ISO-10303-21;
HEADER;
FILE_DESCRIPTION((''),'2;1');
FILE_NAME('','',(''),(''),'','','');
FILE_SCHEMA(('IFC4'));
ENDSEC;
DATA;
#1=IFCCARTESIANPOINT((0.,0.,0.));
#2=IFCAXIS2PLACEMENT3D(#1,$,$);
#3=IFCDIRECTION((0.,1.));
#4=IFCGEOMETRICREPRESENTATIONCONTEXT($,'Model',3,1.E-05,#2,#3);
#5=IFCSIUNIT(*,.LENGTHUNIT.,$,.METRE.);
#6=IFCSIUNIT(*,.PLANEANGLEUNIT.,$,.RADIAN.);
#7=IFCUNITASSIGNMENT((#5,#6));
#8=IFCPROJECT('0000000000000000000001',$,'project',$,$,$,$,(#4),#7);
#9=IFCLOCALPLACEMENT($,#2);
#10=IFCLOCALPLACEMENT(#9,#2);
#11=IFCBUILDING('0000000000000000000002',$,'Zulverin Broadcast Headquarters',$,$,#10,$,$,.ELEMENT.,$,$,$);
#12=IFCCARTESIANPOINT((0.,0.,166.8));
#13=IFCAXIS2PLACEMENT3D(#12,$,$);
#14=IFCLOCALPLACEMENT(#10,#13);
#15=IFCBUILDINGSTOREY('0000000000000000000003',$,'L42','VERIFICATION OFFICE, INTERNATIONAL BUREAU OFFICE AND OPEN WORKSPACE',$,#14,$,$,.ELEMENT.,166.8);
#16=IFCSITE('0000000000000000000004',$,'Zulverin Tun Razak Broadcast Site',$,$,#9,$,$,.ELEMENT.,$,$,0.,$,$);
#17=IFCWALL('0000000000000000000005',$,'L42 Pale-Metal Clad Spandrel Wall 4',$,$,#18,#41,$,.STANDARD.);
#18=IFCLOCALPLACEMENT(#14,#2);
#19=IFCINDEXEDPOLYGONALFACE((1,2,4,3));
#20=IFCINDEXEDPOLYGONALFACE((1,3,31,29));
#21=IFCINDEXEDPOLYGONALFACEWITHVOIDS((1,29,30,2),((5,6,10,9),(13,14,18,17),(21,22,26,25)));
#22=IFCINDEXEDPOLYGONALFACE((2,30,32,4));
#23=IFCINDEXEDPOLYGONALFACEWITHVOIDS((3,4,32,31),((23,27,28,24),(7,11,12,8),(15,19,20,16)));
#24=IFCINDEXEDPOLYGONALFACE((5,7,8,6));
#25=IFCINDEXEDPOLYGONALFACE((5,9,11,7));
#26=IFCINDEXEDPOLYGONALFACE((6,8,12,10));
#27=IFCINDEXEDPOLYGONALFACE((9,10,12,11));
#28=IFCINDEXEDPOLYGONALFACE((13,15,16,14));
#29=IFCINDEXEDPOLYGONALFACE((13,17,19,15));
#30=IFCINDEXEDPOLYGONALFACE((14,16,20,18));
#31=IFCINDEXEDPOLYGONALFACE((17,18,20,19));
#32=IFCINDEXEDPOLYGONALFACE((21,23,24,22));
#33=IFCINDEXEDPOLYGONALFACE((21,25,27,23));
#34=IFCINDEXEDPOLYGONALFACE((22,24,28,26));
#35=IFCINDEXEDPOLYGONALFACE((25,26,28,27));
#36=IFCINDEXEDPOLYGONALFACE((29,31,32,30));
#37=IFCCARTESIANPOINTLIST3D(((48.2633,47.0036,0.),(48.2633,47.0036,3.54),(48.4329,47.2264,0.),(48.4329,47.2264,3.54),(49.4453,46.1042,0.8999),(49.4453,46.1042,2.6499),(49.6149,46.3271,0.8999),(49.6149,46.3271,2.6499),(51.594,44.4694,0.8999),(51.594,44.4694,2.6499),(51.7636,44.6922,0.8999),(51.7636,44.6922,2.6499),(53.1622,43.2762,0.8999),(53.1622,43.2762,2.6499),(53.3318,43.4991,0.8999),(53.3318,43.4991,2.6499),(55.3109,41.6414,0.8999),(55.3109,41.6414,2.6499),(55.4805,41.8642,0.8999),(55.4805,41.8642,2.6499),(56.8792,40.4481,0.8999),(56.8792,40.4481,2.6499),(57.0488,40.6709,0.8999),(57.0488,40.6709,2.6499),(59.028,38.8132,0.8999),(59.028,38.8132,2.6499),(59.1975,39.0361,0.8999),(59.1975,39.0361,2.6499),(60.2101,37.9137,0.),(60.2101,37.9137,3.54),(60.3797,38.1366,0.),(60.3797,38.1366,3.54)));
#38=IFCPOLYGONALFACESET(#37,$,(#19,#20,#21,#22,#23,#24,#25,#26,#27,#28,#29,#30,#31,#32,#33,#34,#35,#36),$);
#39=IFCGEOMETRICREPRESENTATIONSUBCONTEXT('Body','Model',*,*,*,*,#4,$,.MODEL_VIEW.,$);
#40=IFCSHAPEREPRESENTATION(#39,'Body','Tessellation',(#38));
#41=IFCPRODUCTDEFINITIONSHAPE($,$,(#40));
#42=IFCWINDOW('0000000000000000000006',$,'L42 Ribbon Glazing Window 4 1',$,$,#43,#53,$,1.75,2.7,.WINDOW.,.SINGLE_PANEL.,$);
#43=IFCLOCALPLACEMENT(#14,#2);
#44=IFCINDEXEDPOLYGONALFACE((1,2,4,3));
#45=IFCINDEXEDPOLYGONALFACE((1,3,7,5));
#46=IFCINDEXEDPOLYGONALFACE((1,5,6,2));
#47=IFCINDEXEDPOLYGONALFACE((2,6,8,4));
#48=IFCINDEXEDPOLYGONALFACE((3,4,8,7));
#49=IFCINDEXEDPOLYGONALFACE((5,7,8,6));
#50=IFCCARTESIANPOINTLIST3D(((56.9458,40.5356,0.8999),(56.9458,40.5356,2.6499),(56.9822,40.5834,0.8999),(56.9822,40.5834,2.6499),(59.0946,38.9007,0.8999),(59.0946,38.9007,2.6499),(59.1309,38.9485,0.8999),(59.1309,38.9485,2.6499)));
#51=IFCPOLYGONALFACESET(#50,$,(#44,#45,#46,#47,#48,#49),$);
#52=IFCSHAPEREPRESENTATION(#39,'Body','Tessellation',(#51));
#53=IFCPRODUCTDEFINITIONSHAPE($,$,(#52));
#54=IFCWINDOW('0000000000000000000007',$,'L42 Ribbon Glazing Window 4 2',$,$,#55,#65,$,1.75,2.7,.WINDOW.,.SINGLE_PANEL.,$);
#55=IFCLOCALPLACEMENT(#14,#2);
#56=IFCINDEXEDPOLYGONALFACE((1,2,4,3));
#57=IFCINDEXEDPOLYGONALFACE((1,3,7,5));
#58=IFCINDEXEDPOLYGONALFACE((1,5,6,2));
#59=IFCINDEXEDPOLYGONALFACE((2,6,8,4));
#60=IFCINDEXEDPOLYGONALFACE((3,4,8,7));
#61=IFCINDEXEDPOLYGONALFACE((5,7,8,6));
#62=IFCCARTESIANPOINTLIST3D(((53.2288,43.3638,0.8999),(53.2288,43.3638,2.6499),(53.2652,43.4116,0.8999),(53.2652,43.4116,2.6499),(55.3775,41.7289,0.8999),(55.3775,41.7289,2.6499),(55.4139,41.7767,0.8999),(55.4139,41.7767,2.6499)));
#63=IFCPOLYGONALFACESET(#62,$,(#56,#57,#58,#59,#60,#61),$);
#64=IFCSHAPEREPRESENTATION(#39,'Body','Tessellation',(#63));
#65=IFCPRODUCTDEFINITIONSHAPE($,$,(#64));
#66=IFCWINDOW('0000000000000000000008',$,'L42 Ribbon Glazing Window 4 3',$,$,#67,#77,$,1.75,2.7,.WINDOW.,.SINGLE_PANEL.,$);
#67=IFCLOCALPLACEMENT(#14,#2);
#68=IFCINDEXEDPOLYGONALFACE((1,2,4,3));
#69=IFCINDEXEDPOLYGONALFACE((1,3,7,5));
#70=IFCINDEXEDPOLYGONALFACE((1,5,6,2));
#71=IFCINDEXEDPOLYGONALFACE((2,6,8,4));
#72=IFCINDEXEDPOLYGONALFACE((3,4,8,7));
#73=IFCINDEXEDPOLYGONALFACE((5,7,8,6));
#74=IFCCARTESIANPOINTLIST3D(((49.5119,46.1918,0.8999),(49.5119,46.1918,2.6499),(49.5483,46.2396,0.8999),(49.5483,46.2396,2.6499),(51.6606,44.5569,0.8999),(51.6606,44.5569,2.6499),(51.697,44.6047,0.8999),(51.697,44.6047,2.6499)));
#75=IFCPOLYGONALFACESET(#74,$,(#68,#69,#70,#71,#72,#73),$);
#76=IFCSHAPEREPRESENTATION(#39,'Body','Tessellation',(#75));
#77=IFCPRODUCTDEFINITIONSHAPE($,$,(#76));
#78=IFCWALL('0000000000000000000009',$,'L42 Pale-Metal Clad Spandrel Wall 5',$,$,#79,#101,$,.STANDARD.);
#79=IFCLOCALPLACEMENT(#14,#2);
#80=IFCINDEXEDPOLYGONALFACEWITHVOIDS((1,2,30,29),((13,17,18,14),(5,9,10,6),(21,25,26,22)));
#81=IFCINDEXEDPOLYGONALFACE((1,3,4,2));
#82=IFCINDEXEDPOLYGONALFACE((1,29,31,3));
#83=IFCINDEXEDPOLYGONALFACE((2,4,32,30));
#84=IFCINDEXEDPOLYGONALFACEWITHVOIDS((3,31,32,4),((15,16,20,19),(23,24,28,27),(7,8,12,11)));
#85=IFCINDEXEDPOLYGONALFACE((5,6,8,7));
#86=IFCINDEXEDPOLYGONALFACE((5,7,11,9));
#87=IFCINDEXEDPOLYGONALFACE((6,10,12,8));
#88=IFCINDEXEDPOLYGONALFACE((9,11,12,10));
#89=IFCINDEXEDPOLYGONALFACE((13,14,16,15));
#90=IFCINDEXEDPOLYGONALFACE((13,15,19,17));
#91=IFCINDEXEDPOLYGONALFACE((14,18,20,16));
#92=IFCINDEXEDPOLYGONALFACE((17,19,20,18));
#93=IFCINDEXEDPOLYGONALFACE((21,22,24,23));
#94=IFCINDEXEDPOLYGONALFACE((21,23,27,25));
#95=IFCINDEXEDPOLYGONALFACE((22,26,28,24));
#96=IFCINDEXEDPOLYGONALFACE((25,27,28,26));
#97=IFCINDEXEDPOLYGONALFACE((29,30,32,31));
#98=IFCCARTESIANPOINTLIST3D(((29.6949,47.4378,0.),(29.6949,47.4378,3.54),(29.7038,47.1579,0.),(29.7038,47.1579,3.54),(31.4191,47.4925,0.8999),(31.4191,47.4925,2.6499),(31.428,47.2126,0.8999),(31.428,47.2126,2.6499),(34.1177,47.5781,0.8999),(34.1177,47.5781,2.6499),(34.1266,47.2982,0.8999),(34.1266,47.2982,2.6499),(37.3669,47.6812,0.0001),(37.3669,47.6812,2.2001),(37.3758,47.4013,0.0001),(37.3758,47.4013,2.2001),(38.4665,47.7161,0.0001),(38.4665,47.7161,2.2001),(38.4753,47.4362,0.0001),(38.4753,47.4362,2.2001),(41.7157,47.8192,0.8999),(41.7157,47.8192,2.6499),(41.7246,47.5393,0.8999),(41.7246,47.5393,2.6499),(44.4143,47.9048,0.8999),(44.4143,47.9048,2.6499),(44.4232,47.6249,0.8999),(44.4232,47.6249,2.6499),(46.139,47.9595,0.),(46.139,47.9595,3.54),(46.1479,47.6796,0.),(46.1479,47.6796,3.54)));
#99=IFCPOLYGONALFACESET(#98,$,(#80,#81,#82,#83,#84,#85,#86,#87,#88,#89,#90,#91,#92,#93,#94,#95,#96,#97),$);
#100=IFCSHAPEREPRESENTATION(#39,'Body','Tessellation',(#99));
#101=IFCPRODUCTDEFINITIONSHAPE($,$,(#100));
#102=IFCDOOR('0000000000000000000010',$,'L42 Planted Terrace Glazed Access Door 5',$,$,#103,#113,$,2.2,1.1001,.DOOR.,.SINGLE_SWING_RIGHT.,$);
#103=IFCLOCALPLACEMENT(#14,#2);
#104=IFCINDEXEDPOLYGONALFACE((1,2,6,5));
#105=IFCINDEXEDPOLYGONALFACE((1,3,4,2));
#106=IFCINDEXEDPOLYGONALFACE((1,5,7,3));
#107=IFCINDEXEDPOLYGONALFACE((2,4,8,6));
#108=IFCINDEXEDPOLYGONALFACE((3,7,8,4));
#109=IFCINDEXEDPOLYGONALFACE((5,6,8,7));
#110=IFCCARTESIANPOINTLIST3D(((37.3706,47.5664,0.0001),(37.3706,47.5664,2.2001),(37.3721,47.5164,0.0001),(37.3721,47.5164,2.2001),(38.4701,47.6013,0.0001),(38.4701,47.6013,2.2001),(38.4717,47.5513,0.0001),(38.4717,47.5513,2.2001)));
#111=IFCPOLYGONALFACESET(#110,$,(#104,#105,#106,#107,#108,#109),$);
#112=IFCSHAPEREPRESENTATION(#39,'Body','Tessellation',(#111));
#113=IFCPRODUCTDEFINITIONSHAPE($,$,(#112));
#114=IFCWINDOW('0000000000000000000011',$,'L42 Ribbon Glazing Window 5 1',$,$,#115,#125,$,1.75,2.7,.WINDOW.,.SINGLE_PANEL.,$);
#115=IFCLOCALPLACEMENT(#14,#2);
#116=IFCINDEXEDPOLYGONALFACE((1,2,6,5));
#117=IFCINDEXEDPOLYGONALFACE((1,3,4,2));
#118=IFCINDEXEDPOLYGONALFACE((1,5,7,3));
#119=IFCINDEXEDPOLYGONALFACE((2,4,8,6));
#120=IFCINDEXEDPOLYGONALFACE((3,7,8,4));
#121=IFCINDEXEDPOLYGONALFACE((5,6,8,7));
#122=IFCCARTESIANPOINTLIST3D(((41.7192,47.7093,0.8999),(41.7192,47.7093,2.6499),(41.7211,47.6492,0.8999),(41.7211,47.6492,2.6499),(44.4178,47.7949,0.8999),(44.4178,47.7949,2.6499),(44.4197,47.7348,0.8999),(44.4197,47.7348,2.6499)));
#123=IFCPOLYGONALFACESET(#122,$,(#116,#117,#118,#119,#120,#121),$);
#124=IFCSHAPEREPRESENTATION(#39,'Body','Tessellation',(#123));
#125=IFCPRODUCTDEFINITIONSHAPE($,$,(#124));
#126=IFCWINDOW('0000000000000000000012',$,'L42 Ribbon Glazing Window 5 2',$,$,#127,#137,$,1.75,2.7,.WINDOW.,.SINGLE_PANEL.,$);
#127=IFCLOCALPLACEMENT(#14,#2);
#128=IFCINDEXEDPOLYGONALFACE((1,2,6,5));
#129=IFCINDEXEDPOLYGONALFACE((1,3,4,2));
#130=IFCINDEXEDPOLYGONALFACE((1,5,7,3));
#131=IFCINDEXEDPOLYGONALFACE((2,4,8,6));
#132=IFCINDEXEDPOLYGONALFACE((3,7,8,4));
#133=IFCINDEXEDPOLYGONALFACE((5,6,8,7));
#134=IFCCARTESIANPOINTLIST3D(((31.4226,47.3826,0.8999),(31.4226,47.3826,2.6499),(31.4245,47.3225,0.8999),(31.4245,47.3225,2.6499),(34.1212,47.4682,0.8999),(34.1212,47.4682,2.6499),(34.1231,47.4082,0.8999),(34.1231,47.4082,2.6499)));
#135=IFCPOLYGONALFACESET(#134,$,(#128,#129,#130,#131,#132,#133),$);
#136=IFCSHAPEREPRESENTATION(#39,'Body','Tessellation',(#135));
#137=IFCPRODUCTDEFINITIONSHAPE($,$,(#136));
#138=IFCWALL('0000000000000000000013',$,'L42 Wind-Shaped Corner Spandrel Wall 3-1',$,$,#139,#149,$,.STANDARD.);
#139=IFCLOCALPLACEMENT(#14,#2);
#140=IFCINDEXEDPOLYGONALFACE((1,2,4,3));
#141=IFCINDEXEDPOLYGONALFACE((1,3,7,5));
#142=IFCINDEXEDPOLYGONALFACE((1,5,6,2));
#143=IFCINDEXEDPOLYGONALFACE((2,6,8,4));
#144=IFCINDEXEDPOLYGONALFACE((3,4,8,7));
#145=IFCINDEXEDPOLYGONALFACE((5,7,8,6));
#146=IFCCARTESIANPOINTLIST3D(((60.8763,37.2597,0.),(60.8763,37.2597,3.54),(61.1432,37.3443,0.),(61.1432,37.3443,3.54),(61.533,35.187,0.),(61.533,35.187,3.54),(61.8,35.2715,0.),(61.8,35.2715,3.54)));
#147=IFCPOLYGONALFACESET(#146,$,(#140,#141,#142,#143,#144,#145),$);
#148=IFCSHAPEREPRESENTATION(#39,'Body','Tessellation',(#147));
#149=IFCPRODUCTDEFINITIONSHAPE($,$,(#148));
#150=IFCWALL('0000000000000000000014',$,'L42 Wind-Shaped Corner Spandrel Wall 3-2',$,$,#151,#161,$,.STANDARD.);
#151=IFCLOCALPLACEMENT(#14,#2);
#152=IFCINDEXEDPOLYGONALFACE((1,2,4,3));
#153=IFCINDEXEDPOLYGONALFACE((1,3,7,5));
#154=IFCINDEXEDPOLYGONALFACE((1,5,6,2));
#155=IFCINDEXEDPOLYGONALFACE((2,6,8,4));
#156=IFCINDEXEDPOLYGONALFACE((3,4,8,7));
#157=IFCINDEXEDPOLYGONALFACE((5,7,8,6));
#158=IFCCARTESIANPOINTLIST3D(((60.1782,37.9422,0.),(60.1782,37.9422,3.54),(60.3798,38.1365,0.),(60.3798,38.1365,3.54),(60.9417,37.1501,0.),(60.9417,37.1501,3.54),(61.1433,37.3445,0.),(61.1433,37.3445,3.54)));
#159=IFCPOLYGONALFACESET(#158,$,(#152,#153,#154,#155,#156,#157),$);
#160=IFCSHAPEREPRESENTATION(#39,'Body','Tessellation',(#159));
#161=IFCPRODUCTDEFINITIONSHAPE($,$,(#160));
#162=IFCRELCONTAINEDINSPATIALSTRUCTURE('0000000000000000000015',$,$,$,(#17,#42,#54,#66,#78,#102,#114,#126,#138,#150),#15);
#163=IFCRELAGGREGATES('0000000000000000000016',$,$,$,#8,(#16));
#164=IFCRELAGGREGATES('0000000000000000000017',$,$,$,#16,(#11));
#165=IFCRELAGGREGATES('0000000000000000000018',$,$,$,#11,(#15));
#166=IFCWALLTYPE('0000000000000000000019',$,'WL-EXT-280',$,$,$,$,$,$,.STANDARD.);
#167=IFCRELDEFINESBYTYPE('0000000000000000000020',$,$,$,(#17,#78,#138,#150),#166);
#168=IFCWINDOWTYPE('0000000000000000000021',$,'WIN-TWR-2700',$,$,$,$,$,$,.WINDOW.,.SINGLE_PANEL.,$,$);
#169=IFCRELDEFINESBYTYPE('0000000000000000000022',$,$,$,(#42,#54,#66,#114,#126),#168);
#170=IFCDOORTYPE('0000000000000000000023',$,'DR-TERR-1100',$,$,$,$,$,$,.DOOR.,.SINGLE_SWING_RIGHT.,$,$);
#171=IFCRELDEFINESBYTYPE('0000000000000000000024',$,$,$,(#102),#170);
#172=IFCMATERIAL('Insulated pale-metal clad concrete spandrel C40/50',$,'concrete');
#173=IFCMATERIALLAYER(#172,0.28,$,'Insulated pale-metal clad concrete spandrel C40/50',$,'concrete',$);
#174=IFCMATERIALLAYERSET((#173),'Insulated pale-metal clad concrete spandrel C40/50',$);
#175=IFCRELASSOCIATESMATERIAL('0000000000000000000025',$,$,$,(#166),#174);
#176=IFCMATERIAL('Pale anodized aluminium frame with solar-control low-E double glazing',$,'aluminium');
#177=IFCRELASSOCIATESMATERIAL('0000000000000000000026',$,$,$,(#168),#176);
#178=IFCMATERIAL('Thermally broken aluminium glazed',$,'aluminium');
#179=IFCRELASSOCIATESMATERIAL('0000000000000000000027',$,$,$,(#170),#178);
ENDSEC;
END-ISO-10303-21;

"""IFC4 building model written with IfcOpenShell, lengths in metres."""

from ifc_helpers import new_model, si_unit, direction, frame, frame_2d, origin, place, context, subcontext, project, spatial, rectangle, extrude, material, layer, layer_set, type_object, element, fill, save


model = new_model("IFC4")

# Units and contexts
model_context = context("Model", 3, precision=1e-05, world=origin(), true_north=direction((0.0, 1.0)))
body_context = subcontext(model_context, "Body", "Model", "MODEL_VIEW")
ifc_project = project(units=[si_unit("LENGTHUNIT", "METRE"), si_unit("PLANEANGLEUNIT", "RADIAN")], contexts=[model_context])

# Site, building, storey
site_placement = place(None, origin())
site = spatial("IfcSite", under=ifc_project, at=site_placement, Name="Zulverin Tun Razak Broadcast Site", CompositionType="ELEMENT", RefElevation=0.0)
building_placement = place(site_placement, origin())
building = spatial("IfcBuilding", under=site, at=building_placement, Name="Zulverin Broadcast Headquarters", CompositionType="ELEMENT")
storey_placement = place(building_placement, frame((0.0, 0.0, 166.8)))
storey = spatial("IfcBuildingStorey", under=building, at=storey_placement, Name="L42", Description="VERIFICATION OFFICE, INTERNATIONAL BUREAU OFFICE AND OPEN WORKSPACE", CompositionType="ELEMENT", Elevation=166.8)

# Wall, openings, windows
ifc_material_1 = material(Name="Insulated pale-metal clad concrete spandrel C40/50", Category="concrete")
ifc_layer_1 = layer(ifc_material_1, 0.28, Name="Insulated pale-metal clad concrete spandrel C40/50", Category="concrete")
ifc_layer_set_1 = layer_set([ifc_layer_1], Name="Insulated pale-metal clad concrete spandrel C40/50")
wall_type = type_object("IfcWallType", Name="WL-EXT-280", PredefinedType="STANDARD", material=ifc_layer_set_1)
wall_1_placement = place(storey_placement, frame((60.2949, 38.0251, 0.0), z_axis=(0.0, 0.0, 1.0), x_axis=(-0.795832, 0.605518, 0.0)))
wall_1 = element("IfcWall", 1, at=wall_1_placement, inside=storey, type_object=wall_type, Name="L42 Pale-Metal Clad Spandrel Wall 4", PredefinedType="STANDARD", context=body_context, shape_type="SweptSolid", body=[
    extrude(rectangle(XDim=15.0117, YDim=0.28, at=frame_2d((7.5059, 0.0))), origin(), (0.0, 0.0, 1.0), 3.54),
])
opening_1_placement = place(wall_1_placement, frame((1.4854, 0.0, 0.8999)))
opening_1 = element("IfcOpeningElement", 2, at=opening_1_placement, cuts=wall_1, PredefinedType="OPENING", context=body_context, shape_type="SweptSolid", body=[
    extrude(rectangle(XDim=2.7, YDim=1.75, at=frame_2d((1.3501, 0.875))), frame((0.0, 0.1499, 0.0), z_axis=(0.0, -1.0, 0.0), x_axis=(1.0, 0.0, 0.0)), (0.0, 0.0, 1.0), 0.3),
])
opening_2_placement = place(wall_1_placement, frame((6.156, 0.0, 0.8999)))
opening_2 = element("IfcOpeningElement", 3, at=opening_2_placement, cuts=wall_1, PredefinedType="OPENING", context=body_context, shape_type="SweptSolid", body=[
    extrude(rectangle(XDim=2.7, YDim=1.75, at=frame_2d((1.3501, 0.875))), frame((0.0, 0.1499, 0.0), z_axis=(0.0, -1.0, 0.0), x_axis=(1.0, 0.0, 0.0)), (0.0, 0.0, 1.0), 0.3),
])
opening_3_placement = place(wall_1_placement, frame((10.8264, 0.0, 0.8999)))
opening_3 = element("IfcOpeningElement", 4, at=opening_3_placement, cuts=wall_1, PredefinedType="OPENING", context=body_context, shape_type="SweptSolid", body=[
    extrude(rectangle(XDim=2.7, YDim=1.75, at=frame_2d((1.3501, 0.875))), frame((0.0, 0.1499, 0.0), z_axis=(0.0, -1.0, 0.0), x_axis=(1.0, 0.0, 0.0)), (0.0, 0.0, 1.0), 0.3),
])
ifc_material_2 = material(Name="Pale anodized aluminium frame with solar-control low-E double glazing", Category="aluminium")
window_type = type_object("IfcWindowType", Name="WIN-TWR-2700", PartitioningType="SINGLE_PANEL", PredefinedType="WINDOW", material=ifc_material_2)
window_1_placement = place(opening_1_placement, origin())
window_1 = element("IfcWindow", 5, at=window_1_placement, inside=storey, type_object=window_type, Name="L42 Ribbon Glazing Window 4 1", OverallHeight=1.75, OverallWidth=2.7, PartitioningType="SINGLE_PANEL", PredefinedType="WINDOW", context=body_context, shape_type="SweptSolid", body=[
    extrude(rectangle(XDim=2.7, YDim=1.75, at=frame_2d((1.3501, 0.875))), frame((0.0, 0.03, 0.0), z_axis=(0.0, -1.0, 0.0), x_axis=(1.0, 0.0, 0.0)), (0.0, 0.0, 1.0), 0.0601),
])
fill(opening_1, window_1)
window_2_placement = place(opening_2_placement, origin())
window_2 = element("IfcWindow", 6, at=window_2_placement, inside=storey, type_object=window_type, Name="L42 Ribbon Glazing Window 4 2", OverallHeight=1.75, OverallWidth=2.7, PartitioningType="SINGLE_PANEL", PredefinedType="WINDOW", context=body_context, shape_type="SweptSolid", body=[
    extrude(rectangle(XDim=2.7, YDim=1.75, at=frame_2d((1.3501, 0.875))), frame((0.0, 0.03, 0.0), z_axis=(0.0, -1.0, 0.0), x_axis=(1.0, 0.0, 0.0)), (0.0, 0.0, 1.0), 0.0601),
])
fill(opening_2, window_2)
window_3_placement = place(opening_3_placement, origin())
window_3 = element("IfcWindow", 7, at=window_3_placement, inside=storey, type_object=window_type, Name="L42 Ribbon Glazing Window 4 3", OverallHeight=1.75, OverallWidth=2.7, PartitioningType="SINGLE_PANEL", PredefinedType="WINDOW", context=body_context, shape_type="SweptSolid", body=[
    extrude(rectangle(XDim=2.7, YDim=1.75, at=frame_2d((1.3501, 0.875))), frame((0.0, 0.03, 0.0), z_axis=(0.0, -1.0, 0.0), x_axis=(1.0, 0.0, 0.0)), (0.0, 0.0, 1.0), 0.0601),
])
fill(opening_3, window_3)

# Wall, openings, door, windows
wall_2_placement = place(storey_placement, frame((46.1433, 47.8196, 0.0), z_axis=(0.0, 0.0, 1.0), x_axis=(-0.999497, -0.031711, 0.0)))
wall_2 = element("IfcWall", 8, at=wall_2_placement, inside=storey, type_object=wall_type, Name="L42 Pale-Metal Clad Spandrel Wall 5", PredefinedType="STANDARD", context=body_context, shape_type="SweptSolid", body=[
    extrude(rectangle(XDim=16.4524, YDim=0.28, at=frame_2d((8.2261, 0.0))), origin(), (0.0, 0.0, 1.0), 3.54),
])
opening_4_placement = place(wall_2_placement, frame((7.6763, 0.0, 0.0)))
opening_4 = element("IfcOpeningElement", 9, at=opening_4_placement, cuts=wall_2, PredefinedType="OPENING", context=body_context, shape_type="SweptSolid", body=[
    extrude(rectangle(XDim=1.1001, YDim=2.2, at=frame_2d((0.55, 1.1001))), frame((0.0, 0.1499, 0.0), z_axis=(0.0, -1.0, 0.0), x_axis=(1.0, 0.0, 0.0)), (0.0, 0.0, 1.0), 0.3),
])
opening_5_placement = place(wall_2_placement, frame((1.7253, 0.0, 0.8999)))
opening_5 = element("IfcOpeningElement", 10, at=opening_5_placement, cuts=wall_2, PredefinedType="OPENING", context=body_context, shape_type="SweptSolid", body=[
    extrude(rectangle(XDim=2.7, YDim=1.75, at=frame_2d((1.3501, 0.875))), frame((0.0, 0.1499, 0.0), z_axis=(0.0, -1.0, 0.0), x_axis=(1.0, 0.0, 0.0)), (0.0, 0.0, 1.0), 0.3),
])
opening_6_placement = place(wall_2_placement, frame((12.0271, 0.0, 0.8999)))
opening_6 = element("IfcOpeningElement", 11, at=opening_6_placement, cuts=wall_2, PredefinedType="OPENING", context=body_context, shape_type="SweptSolid", body=[
    extrude(rectangle(XDim=2.7, YDim=1.75, at=frame_2d((1.3501, 0.875))), frame((0.0, 0.1499, 0.0), z_axis=(0.0, -1.0, 0.0), x_axis=(1.0, 0.0, 0.0)), (0.0, 0.0, 1.0), 0.3),
])
ifc_material_3 = material(Name="Thermally broken aluminium glazed", Category="aluminium")
door_type = type_object("IfcDoorType", Name="DR-TERR-1100", OperationType="SINGLE_SWING_RIGHT", PredefinedType="DOOR", material=ifc_material_3)
door_placement = place(opening_4_placement, origin())
door = element("IfcDoor", 12, at=door_placement, inside=storey, type_object=door_type, Name="L42 Planted Terrace Glazed Access Door 5", OperationType="SINGLE_SWING_RIGHT", OverallHeight=2.2, OverallWidth=1.1001, PredefinedType="DOOR", context=body_context, shape_type="SweptSolid", body=[
    extrude(rectangle(XDim=1.1001, YDim=2.2, at=frame_2d((0.55, 1.1001))), frame((0.0, 0.0249, 0.0), z_axis=(0.0, -1.0, 0.0), x_axis=(1.0, 0.0, 0.0)), (0.0, 0.0, 1.0), 0.05),
])
fill(opening_4, door)
window_4_placement = place(opening_5_placement, origin())
window_4 = element("IfcWindow", 13, at=window_4_placement, inside=storey, type_object=window_type, Name="L42 Ribbon Glazing Window 5 1", OverallHeight=1.75, OverallWidth=2.7, PartitioningType="SINGLE_PANEL", PredefinedType="WINDOW", context=body_context, shape_type="SweptSolid", body=[
    extrude(rectangle(XDim=2.7, YDim=1.75, at=frame_2d((1.3501, 0.875))), frame((0.0, 0.03, 0.0), z_axis=(0.0, -1.0, 0.0), x_axis=(1.0, 0.0, 0.0)), (0.0, 0.0, 1.0), 0.0601),
])
fill(opening_5, window_4)
window_5_placement = place(opening_6_placement, origin())
window_5 = element("IfcWindow", 14, at=window_5_placement, inside=storey, type_object=window_type, Name="L42 Ribbon Glazing Window 5 2", OverallHeight=1.75, OverallWidth=2.7, PartitioningType="SINGLE_PANEL", PredefinedType="WINDOW", context=body_context, shape_type="SweptSolid", body=[
    extrude(rectangle(XDim=2.7, YDim=1.75, at=frame_2d((1.3501, 0.875))), frame((0.0, 0.03, 0.0), z_axis=(0.0, -1.0, 0.0), x_axis=(1.0, 0.0, 0.0)), (0.0, 0.0, 1.0), 0.0601),
])
fill(opening_6, window_5)

# Walls
wall_3_placement = place(storey_placement, frame((61.6665, 35.2292, 0.0), z_axis=(0.0, 0.0, 1.0), x_axis=(-0.302045, 0.953294, 0.0)))
element("IfcWall", 15, at=wall_3_placement, inside=storey, type_object=wall_type, Name="L42 Wind-Shaped Corner Spandrel Wall 3-1", PredefinedType="STANDARD", context=body_context, shape_type="SweptSolid", body=[
    extrude(rectangle(XDim=2.1743, YDim=0.28, at=frame_2d((1.0872, 0.0))), origin(), (0.0, 0.0, 1.0), 3.54),
])
wall_4_placement = place(storey_placement, frame((61.0425, 37.2473, 0.0), z_axis=(0.0, 0.0, 1.0), x_axis=(-0.694004, 0.719971, 0.0)))
element("IfcWall", 16, at=wall_4_placement, inside=storey, type_object=wall_type, Name="L42 Wind-Shaped Corner Spandrel Wall 3-2", PredefinedType="STANDARD", context=body_context, shape_type="SweptSolid", body=[
    extrude(rectangle(XDim=1.1001, YDim=0.28, at=frame_2d((0.55, 0.0))), origin(), (0.0, 0.0, 1.0), 3.54),
])

save(model, "model.ifc")
